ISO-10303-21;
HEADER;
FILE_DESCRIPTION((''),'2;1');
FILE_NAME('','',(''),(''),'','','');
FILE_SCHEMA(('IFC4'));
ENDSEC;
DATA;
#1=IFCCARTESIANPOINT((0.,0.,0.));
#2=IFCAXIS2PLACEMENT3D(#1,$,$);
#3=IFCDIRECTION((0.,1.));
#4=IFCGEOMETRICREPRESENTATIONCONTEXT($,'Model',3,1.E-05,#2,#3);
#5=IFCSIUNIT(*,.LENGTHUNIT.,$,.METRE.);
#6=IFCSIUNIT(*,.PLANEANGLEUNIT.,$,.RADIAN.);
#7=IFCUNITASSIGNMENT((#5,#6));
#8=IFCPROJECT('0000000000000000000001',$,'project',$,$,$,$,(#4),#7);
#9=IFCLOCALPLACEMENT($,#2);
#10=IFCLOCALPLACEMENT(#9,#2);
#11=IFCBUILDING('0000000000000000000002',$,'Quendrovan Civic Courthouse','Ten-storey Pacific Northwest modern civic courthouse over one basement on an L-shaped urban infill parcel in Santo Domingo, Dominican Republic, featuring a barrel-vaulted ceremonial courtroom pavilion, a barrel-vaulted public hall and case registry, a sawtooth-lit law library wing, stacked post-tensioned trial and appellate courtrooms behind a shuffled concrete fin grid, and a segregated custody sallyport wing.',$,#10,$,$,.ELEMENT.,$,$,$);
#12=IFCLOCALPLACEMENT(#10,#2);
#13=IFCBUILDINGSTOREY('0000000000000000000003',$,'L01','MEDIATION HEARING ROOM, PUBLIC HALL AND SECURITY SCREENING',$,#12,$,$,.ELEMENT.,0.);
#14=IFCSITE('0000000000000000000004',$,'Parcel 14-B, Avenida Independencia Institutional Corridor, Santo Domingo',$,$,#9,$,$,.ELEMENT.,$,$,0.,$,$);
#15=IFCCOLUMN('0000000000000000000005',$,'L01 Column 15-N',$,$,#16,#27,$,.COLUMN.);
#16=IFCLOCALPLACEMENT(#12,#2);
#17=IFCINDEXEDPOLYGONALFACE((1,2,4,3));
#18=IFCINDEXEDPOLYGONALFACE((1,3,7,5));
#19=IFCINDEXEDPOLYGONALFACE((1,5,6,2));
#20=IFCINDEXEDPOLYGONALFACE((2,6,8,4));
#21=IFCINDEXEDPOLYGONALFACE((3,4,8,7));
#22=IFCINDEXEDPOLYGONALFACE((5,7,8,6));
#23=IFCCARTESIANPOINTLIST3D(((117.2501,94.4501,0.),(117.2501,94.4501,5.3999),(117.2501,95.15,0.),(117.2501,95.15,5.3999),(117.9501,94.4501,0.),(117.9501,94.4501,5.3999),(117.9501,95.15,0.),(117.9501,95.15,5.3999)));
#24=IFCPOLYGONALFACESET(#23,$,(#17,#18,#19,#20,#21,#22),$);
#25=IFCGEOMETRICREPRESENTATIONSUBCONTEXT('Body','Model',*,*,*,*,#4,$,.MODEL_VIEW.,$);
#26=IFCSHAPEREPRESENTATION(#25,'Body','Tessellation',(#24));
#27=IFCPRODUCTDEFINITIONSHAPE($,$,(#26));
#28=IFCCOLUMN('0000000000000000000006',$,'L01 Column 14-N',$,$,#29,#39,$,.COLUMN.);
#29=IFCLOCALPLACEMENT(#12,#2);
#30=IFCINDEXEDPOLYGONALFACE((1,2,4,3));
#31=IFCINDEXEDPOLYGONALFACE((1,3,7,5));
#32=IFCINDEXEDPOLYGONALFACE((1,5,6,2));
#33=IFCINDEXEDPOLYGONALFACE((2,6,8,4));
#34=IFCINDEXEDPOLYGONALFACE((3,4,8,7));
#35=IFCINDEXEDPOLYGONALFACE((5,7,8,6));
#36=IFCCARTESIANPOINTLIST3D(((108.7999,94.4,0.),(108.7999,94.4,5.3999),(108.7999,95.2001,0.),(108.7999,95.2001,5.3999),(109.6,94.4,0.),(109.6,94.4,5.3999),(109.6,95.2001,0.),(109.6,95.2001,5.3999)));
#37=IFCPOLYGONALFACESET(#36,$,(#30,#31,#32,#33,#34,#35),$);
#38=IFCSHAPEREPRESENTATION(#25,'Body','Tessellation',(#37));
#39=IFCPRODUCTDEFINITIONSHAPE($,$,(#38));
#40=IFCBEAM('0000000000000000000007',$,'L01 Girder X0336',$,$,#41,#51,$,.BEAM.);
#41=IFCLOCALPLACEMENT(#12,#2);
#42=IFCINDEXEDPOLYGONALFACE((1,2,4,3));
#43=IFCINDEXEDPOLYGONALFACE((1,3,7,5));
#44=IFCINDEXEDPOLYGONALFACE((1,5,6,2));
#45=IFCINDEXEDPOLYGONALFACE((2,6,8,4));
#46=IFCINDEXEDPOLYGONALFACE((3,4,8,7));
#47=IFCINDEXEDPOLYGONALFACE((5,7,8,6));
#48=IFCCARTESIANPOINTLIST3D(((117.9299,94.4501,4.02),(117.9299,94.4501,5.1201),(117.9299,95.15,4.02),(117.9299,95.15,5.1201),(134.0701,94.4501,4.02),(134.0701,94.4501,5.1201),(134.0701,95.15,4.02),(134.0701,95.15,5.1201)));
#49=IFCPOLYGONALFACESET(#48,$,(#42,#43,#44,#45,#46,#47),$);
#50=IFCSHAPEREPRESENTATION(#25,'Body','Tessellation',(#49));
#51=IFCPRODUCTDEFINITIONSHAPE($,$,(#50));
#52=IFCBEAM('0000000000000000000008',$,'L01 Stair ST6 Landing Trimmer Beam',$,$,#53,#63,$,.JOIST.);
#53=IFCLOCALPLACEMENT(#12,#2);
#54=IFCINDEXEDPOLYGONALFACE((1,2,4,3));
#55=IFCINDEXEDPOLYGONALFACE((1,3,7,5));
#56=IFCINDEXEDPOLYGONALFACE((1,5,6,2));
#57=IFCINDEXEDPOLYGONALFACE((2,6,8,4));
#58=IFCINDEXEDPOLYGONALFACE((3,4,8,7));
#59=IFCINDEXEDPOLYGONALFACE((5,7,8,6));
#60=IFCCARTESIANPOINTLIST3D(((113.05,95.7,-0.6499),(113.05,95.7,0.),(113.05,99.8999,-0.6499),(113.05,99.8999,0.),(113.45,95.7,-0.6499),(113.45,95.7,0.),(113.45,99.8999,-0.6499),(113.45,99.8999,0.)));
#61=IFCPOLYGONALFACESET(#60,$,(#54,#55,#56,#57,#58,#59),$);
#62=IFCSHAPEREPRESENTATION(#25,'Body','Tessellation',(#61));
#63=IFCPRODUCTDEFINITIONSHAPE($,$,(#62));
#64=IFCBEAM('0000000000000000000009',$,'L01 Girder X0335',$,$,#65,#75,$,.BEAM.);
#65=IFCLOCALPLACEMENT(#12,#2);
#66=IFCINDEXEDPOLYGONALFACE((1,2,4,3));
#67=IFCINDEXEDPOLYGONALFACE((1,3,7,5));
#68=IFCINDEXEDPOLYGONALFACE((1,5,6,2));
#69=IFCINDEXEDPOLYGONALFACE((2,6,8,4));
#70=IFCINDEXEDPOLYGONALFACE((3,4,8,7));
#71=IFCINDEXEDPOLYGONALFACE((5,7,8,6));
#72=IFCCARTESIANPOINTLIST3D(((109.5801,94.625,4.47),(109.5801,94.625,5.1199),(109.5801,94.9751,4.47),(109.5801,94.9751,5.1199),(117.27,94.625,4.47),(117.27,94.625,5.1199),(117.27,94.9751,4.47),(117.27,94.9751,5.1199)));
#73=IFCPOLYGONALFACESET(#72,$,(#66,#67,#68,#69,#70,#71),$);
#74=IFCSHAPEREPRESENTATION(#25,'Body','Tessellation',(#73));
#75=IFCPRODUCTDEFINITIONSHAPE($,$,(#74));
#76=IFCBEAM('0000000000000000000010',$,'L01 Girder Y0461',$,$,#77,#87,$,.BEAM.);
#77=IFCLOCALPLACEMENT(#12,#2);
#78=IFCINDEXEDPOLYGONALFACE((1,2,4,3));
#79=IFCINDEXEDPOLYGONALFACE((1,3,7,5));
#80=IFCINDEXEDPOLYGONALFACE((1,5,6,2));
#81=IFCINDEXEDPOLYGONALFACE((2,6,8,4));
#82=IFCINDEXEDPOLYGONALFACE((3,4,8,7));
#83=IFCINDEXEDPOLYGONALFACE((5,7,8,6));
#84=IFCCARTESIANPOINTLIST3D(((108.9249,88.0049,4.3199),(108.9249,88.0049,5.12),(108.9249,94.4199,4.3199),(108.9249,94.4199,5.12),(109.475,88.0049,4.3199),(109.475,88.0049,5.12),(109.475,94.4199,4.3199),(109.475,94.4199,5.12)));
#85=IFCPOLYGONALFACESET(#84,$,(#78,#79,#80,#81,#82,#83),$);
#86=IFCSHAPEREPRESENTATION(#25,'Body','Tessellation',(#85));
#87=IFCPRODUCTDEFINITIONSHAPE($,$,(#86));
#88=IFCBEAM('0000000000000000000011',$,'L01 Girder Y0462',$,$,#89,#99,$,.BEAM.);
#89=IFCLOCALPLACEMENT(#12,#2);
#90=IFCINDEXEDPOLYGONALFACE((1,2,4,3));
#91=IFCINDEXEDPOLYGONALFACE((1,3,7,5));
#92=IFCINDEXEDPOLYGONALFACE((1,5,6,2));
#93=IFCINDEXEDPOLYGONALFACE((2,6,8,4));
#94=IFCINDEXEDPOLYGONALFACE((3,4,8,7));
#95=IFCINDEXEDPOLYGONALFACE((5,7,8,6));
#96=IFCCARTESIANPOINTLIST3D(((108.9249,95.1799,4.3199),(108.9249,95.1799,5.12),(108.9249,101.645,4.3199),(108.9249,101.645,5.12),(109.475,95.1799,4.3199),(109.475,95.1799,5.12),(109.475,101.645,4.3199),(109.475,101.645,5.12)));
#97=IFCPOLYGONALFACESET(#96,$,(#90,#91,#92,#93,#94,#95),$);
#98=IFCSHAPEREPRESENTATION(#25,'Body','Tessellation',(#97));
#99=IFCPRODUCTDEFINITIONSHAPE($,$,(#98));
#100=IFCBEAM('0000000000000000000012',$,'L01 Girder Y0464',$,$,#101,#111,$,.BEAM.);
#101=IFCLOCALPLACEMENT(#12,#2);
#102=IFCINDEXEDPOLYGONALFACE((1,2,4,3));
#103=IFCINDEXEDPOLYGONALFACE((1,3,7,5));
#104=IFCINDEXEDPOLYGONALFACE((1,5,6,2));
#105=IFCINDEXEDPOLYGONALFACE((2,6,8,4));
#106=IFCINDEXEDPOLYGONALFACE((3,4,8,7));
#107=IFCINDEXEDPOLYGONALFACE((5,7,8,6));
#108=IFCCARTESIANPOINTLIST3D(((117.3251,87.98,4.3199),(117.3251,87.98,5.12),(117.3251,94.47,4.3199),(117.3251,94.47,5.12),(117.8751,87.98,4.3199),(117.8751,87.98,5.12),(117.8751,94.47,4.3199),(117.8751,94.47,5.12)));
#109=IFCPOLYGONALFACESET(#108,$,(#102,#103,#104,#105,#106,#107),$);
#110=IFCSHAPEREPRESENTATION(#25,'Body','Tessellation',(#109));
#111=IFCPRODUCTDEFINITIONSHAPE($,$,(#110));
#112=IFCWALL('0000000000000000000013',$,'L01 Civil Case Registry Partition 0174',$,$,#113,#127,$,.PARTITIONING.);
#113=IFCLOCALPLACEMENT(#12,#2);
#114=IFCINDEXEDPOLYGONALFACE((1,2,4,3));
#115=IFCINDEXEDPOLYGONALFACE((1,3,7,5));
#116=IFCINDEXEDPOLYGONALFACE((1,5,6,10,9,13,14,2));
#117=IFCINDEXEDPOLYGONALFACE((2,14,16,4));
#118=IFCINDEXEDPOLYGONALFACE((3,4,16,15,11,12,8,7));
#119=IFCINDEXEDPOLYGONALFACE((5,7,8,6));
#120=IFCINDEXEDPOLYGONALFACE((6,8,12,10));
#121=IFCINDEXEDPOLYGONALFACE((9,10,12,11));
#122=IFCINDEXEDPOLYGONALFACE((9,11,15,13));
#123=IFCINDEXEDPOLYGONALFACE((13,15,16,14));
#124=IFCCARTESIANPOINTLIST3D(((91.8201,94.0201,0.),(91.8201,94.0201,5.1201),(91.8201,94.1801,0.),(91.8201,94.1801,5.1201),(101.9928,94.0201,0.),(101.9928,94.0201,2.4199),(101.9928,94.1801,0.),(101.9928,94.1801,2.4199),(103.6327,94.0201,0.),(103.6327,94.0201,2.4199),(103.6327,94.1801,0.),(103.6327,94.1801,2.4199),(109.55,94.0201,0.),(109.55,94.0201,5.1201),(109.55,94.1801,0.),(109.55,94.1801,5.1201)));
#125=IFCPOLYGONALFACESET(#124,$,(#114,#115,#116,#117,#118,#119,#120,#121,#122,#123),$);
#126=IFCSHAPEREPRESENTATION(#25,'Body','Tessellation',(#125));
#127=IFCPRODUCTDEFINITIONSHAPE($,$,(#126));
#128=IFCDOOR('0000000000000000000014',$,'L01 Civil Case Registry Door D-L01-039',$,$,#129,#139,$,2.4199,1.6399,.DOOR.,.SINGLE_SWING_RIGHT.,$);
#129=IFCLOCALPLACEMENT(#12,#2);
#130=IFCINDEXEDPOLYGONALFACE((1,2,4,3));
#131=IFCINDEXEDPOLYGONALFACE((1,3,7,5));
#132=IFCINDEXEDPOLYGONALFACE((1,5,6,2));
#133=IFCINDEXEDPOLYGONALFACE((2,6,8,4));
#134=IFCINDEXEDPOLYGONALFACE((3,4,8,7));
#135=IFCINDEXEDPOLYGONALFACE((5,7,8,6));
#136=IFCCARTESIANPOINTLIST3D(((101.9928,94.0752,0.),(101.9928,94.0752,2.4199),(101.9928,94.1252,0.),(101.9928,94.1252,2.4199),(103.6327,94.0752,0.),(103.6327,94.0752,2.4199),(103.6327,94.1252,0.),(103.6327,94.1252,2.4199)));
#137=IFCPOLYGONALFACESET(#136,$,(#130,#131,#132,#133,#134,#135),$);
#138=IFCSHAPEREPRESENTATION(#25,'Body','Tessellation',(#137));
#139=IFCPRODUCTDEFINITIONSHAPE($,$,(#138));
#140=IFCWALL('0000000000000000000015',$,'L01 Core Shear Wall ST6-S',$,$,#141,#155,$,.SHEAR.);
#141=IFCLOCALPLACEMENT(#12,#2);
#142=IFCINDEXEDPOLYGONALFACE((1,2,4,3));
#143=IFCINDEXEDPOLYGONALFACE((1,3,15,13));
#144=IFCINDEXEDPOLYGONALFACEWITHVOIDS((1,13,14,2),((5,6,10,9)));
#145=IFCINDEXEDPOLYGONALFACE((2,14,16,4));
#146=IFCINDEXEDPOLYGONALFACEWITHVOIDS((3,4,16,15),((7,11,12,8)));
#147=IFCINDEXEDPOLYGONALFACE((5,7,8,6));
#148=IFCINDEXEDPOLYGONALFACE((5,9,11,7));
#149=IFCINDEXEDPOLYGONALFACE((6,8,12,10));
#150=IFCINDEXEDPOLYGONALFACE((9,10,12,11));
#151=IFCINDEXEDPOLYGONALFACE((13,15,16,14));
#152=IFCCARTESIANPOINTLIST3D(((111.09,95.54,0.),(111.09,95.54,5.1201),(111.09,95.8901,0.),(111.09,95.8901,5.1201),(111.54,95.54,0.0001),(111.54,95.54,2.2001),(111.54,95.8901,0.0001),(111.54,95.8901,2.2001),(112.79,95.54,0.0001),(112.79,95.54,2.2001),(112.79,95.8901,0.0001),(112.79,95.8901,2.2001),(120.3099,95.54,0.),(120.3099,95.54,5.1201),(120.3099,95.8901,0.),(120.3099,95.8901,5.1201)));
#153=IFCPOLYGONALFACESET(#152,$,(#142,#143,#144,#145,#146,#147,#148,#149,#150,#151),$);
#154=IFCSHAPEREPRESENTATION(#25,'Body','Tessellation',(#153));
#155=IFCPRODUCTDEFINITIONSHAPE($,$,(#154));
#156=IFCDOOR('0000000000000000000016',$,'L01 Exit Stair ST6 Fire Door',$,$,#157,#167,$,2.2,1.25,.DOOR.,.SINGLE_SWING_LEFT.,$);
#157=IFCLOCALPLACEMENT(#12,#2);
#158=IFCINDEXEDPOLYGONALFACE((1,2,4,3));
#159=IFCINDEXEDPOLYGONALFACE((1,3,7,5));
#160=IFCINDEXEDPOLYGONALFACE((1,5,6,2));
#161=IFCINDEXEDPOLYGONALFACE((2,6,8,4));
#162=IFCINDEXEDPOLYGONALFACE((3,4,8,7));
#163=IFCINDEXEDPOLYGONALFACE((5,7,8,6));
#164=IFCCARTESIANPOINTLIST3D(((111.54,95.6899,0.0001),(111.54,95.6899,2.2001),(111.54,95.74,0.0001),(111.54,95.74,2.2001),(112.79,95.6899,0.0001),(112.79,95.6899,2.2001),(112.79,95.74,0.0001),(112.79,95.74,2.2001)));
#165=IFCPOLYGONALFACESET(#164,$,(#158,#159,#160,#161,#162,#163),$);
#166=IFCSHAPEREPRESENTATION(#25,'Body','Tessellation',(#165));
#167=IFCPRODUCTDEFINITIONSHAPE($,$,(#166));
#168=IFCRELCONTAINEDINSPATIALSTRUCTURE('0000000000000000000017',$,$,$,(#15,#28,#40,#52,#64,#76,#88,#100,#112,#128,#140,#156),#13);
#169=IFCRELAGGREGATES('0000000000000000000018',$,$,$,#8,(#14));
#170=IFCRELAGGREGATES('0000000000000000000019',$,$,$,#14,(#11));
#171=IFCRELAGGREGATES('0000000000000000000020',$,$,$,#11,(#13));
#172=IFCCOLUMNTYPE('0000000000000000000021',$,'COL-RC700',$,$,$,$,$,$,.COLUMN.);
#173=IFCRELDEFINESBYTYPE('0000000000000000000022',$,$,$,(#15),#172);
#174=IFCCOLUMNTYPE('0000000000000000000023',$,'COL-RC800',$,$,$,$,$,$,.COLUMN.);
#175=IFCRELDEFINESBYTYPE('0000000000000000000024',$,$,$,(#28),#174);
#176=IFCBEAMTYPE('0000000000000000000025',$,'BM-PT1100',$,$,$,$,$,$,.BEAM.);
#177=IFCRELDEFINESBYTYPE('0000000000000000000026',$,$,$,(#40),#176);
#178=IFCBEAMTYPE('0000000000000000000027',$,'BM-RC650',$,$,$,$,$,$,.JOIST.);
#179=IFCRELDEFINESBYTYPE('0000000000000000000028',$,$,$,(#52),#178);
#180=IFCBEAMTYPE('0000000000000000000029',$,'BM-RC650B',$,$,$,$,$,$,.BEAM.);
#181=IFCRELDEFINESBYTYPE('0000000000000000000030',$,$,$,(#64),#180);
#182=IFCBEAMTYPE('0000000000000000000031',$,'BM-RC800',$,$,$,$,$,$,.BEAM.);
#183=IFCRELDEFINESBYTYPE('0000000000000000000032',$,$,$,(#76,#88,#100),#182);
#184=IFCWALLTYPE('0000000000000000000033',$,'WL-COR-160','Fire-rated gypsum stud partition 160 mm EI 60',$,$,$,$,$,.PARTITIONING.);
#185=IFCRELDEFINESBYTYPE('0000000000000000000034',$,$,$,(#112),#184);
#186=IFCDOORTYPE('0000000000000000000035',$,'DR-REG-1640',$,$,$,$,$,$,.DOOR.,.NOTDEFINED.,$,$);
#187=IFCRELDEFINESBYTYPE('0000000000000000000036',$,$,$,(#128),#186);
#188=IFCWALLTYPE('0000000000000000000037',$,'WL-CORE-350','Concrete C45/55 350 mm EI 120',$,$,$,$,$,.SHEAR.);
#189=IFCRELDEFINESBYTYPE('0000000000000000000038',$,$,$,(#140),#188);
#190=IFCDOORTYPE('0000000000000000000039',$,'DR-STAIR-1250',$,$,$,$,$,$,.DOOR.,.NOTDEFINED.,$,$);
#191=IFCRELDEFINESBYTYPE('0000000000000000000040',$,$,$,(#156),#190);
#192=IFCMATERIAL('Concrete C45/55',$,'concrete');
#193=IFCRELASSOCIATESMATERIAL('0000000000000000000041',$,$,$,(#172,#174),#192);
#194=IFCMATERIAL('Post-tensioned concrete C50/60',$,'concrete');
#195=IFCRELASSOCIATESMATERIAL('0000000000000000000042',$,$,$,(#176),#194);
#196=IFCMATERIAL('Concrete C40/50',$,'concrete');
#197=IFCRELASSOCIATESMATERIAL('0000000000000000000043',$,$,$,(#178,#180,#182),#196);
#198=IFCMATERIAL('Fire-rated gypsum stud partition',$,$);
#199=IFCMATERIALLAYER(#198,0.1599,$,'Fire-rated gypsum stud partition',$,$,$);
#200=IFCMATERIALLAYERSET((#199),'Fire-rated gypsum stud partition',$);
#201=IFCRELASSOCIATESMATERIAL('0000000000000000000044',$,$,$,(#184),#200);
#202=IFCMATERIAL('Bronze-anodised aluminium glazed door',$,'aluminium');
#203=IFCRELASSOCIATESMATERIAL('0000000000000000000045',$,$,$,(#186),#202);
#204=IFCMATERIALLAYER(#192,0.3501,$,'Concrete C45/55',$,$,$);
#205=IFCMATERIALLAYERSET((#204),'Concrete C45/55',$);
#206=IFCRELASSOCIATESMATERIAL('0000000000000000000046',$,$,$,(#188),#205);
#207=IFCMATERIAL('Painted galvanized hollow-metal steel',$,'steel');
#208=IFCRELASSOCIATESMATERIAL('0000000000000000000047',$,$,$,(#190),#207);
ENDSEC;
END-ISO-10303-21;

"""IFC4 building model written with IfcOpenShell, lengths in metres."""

from ifc_helpers import new_model, si_unit, direction, frame, frame_2d, origin, origin_2d, place, context, subcontext, project, spatial, rectangle, extrude, material, layer, layer_set, material_profile, profile_set, type_object, element, fill, save


model = new_model("IFC4")

# Units and contexts
model_context = context("Model", 3, precision=1e-05, world=origin(), true_north=direction((0.0, 1.0)))
body_context = subcontext(model_context, "Body", "Model", "MODEL_VIEW")
ifc_project = project(units=[si_unit("LENGTHUNIT", "METRE"), si_unit("PLANEANGLEUNIT", "RADIAN")], contexts=[model_context])

# Site, building, storey
site_placement = place(None, origin())
site = spatial("IfcSite", under=ifc_project, at=site_placement, Name="Parcel 14-B, Avenida Independencia Institutional Corridor, Santo Domingo", CompositionType="ELEMENT", RefElevation=0.0)
building_placement = place(site_placement, origin())
building = spatial("IfcBuilding", under=site, at=building_placement, Name="Quendrovan Civic Courthouse", Description="Ten-storey Pacific Northwest modern civic courthouse over one basement on an L-shaped urban infill parcel in Santo Domingo, Dominican Republic, featuring a barrel-vaulted ceremonial courtroom pavilion, a barrel-vaulted public hall and case registry, a sawtooth-lit law library wing, stacked post-tensioned trial and appellate courtrooms behind a shuffled concrete fin grid, and a segregated custody sallyport wing.", CompositionType="ELEMENT")
storey_placement = place(building_placement, origin())
storey = spatial("IfcBuildingStorey", under=building, at=storey_placement, Name="L01", Description="MEDIATION HEARING ROOM, PUBLIC HALL AND SECURITY SCREENING", CompositionType="ELEMENT", Elevation=0.0)

# Columns
ifc_material_1 = material(Name="Concrete C45/55", Category="concrete")
ifc_material_profile_1 = material_profile(ifc_material_1, rectangle(XDim=0.7, YDim=0.7, at=origin_2d()), Name="RC-COL-700x700")
ifc_profile_set_1 = profile_set([ifc_material_profile_1], Name="Concrete C45/55")
column_type_1 = type_object("IfcColumnType", Name="COL-RC700", PredefinedType="COLUMN", material=ifc_profile_set_1)
column_1_placement = place(storey_placement, frame((117.6001, 94.8, 0.0), z_axis=(0.0, 0.0, 1.0), x_axis=(1.0, 0.0, 0.0)))
element("IfcColumn", 1, at=column_1_placement, inside=storey, type_object=column_type_1, Name="L01 Column 15-N", PredefinedType="COLUMN", context=body_context, shape_type="SweptSolid", body=[
    extrude(rectangle(XDim=0.7, YDim=0.7, at=origin_2d()), origin(), (0.0, 0.0, 1.0), 5.3999),
])
ifc_material_profile_2 = material_profile(ifc_material_1, rectangle(XDim=0.8, YDim=0.8, at=origin_2d()), Name="RC-COL-800x800")
ifc_profile_set_2 = profile_set([ifc_material_profile_2], Name="Concrete C45/55")
column_type_2 = type_object("IfcColumnType", Name="COL-RC800", PredefinedType="COLUMN", material=ifc_profile_set_2)
column_2_placement = place(storey_placement, frame((109.2, 94.8, 0.0), z_axis=(0.0, 0.0, 1.0), x_axis=(1.0, 0.0, 0.0)))
element("IfcColumn", 2, at=column_2_placement, inside=storey, type_object=column_type_2, Name="L01 Column 14-N", PredefinedType="COLUMN", context=body_context, shape_type="SweptSolid", body=[
    extrude(rectangle(XDim=0.8, YDim=0.8, at=origin_2d()), origin(), (0.0, 0.0, 1.0), 5.3999),
])

# Beams
ifc_material_2 = material(Name="Post-tensioned concrete C50/60", Category="concrete")
ifc_material_profile_3 = material_profile(ifc_material_2, rectangle(XDim=0.7, YDim=1.1001, at=origin_2d()), Name="PT-GIRD-700x1100")
ifc_profile_set_3 = profile_set([ifc_material_profile_3], Name="Post-tensioned concrete C50/60")
beam_type_1 = type_object("IfcBeamType", Name="BM-PT1100", PredefinedType="BEAM", material=ifc_profile_set_3)
beam_1_placement = place(storey_placement, frame((117.9299, 94.8, 4.5701), z_axis=(1.0, 0.0, 0.0), x_axis=(0.0, 1.0, 0.0)))
element("IfcBeam", 3, at=beam_1_placement, inside=storey, type_object=beam_type_1, Name="L01 Girder X0336", PredefinedType="BEAM", context=body_context, shape_type="SweptSolid", body=[
    extrude(rectangle(XDim=0.7, YDim=1.1001, at=origin_2d()), origin(), (0.0, 0.0, 1.0), 16.1401),
])
ifc_material_3 = material(Name="Concrete C40/50", Category="concrete")
ifc_material_profile_4 = material_profile(ifc_material_3, rectangle(XDim=0.3999, YDim=0.6499, at=origin_2d()), Name="RC-BM-400x650")
ifc_profile_set_4 = profile_set([ifc_material_profile_4], Name="Concrete C40/50")
beam_type_2 = type_object("IfcBeamType", Name="BM-RC650", PredefinedType="JOIST", material=ifc_profile_set_4)
beam_2_placement = place(storey_placement, frame((113.25, 95.7, -0.325), z_axis=(0.0, 1.0, 0.0), x_axis=(-1.0, 0.0, 0.0)))
element("IfcBeam", 4, at=beam_2_placement, inside=storey, type_object=beam_type_2, Name="L01 Stair ST6 Landing Trimmer Beam", PredefinedType="JOIST", context=body_context, shape_type="SweptSolid", body=[
    extrude(rectangle(XDim=0.3999, YDim=0.6499, at=origin_2d()), origin(), (0.0, 0.0, 1.0), 4.2),
])
ifc_material_profile_5 = material_profile(ifc_material_3, rectangle(XDim=0.3501, YDim=0.6499, at=origin_2d()), Name="RC-BM-350x650")
ifc_profile_set_5 = profile_set([ifc_material_profile_5], Name="Concrete C40/50")
beam_type_3 = type_object("IfcBeamType", Name="BM-RC650B", PredefinedType="BEAM", material=ifc_profile_set_5)
beam_3_placement = place(storey_placement, frame((109.5801, 94.8, 4.7949), z_axis=(1.0, 0.0, 0.0), x_axis=(0.0, 1.0, 0.0)))
element("IfcBeam", 5, at=beam_3_placement, inside=storey, type_object=beam_type_3, Name="L01 Girder X0335", PredefinedType="BEAM", context=body_context, shape_type="SweptSolid", body=[
    extrude(rectangle(XDim=0.3501, YDim=0.6499, at=origin_2d()), origin(), (0.0, 0.0, 1.0), 7.6899),
])
ifc_material_profile_6 = material_profile(ifc_material_3, rectangle(XDim=0.55, YDim=0.8, at=origin_2d()), Name="RC-BM-550x800")
ifc_profile_set_6 = profile_set([ifc_material_profile_6], Name="Concrete C40/50")
beam_type_4 = type_object("IfcBeamType", Name="BM-RC800", PredefinedType="BEAM", material=ifc_profile_set_6)
beam_4_placement = place(storey_placement, frame((109.2, 88.0049, 4.72), z_axis=(0.0, 1.0, 0.0), x_axis=(-1.0, 0.0, 0.0)))
element("IfcBeam", 6, at=beam_4_placement, inside=storey, type_object=beam_type_4, Name="L01 Girder Y0461", PredefinedType="BEAM", context=body_context, shape_type="SweptSolid", body=[
    extrude(rectangle(XDim=0.55, YDim=0.8, at=origin_2d()), origin(), (0.0, 0.0, 1.0), 6.415),
])
beam_5_placement = place(storey_placement, frame((109.2, 95.1799, 4.72), z_axis=(0.0, 1.0, 0.0), x_axis=(-1.0, 0.0, 0.0)))
element("IfcBeam", 7, at=beam_5_placement, inside=storey, type_object=beam_type_4, Name="L01 Girder Y0462", PredefinedType="BEAM", context=body_context, shape_type="SweptSolid", body=[
    extrude(rectangle(XDim=0.55, YDim=0.8, at=origin_2d()), origin(), (0.0, 0.0, 1.0), 6.4651),
])
beam_6_placement = place(storey_placement, frame((117.6001, 87.98, 4.72), z_axis=(0.0, 1.0, 0.0), x_axis=(-1.0, 0.0, 0.0)))
element("IfcBeam", 8, at=beam_6_placement, inside=storey, type_object=beam_type_4, Name="L01 Girder Y0464", PredefinedType="BEAM", context=body_context, shape_type="SweptSolid", body=[
    extrude(rectangle(XDim=0.55, YDim=0.8, at=origin_2d()), origin(), (0.0, 0.0, 1.0), 6.49),
])

# Walls, openings, doors
ifc_material_4 = material(Name="Fire-rated gypsum stud partition")
ifc_layer_1 = layer(ifc_material_4, 0.1599, Name="Fire-rated gypsum stud partition")
ifc_layer_set_1 = layer_set([ifc_layer_1], Name="Fire-rated gypsum stud partition")
wall_type_1 = type_object("IfcWallType", Name="WL-COR-160", Description="Fire-rated gypsum stud partition 160 mm EI 60", PredefinedType="PARTITIONING", material=ifc_layer_set_1)
wall_1_placement = place(storey_placement, frame((109.55, 94.1001, 0.0), z_axis=(0.0, 0.0, 1.0), x_axis=(-1.0, 0.0, 0.0)))
wall_1 = element("IfcWall", 9, at=wall_1_placement, inside=storey, type_object=wall_type_1, Name="L01 Civil Case Registry Partition 0174", PredefinedType="PARTITIONING", context=body_context, shape_type="SweptSolid", body=[
    extrude(rectangle(XDim=17.73, YDim=0.1599, at=frame_2d((8.865, 0.0))), origin(), (0.0, 0.0, 1.0), 5.1201),
])
opening_1_placement = place(wall_1_placement, frame((5.9175, 0.0, 0.0)))
opening_1 = element("IfcOpeningElement", 10, at=opening_1_placement, cuts=wall_1, PredefinedType="OPENING", context=body_context, shape_type="SweptSolid", body=[
    extrude(rectangle(XDim=1.6399, YDim=2.4199, at=frame_2d((0.8198, 1.21))), frame((0.0, 0.0898, 0.0), z_axis=(0.0, -1.0, 0.0), x_axis=(1.0, 0.0, 0.0)), (0.0, 0.0, 1.0), 0.1799),
])
ifc_material_5 = material(Name="Bronze-anodised aluminium glazed door", Category="aluminium")
door_type_1 = type_object("IfcDoorType", Name="DR-REG-1640", OperationType="NOTDEFINED", PredefinedType="DOOR", material=ifc_material_5)
door_1_placement = place(opening_1_placement, origin())
door_1 = element("IfcDoor", 11, at=door_1_placement, inside=storey, type_object=door_type_1, Name="L01 Civil Case Registry Door D-L01-039", OperationType="SINGLE_SWING_RIGHT", OverallHeight=2.4199, OverallWidth=1.6399, PredefinedType="DOOR", context=body_context, shape_type="SweptSolid", body=[
    extrude(rectangle(XDim=1.6399, YDim=2.4199, at=frame_2d((0.8198, 1.21))), frame((0.0, 0.0249, 0.0), z_axis=(0.0, -1.0, 0.0), x_axis=(1.0, 0.0, 0.0)), (0.0, 0.0, 1.0), 0.05),
])
fill(opening_1, door_1)
ifc_layer_2 = layer(ifc_material_1, 0.3501, Name="Concrete C45/55")
ifc_layer_set_2 = layer_set([ifc_layer_2], Name="Concrete C45/55")
wall_type_2 = type_object("IfcWallType", Name="WL-CORE-350", Description="Concrete C45/55 350 mm EI 120", PredefinedType="SHEAR", material=ifc_layer_set_2)
wall_2_placement = place(storey_placement, frame((111.0901, 95.7151, 0.0), z_axis=(0.0, 0.0, 1.0), x_axis=(1.0, 0.0, 0.0)))
wall_2 = element("IfcWall", 12, at=wall_2_placement, inside=storey, type_object=wall_type_2, Name="L01 Core Shear Wall ST6-S", PredefinedType="SHEAR", context=body_context, shape_type="SweptSolid", body=[
    extrude(rectangle(XDim=9.22, YDim=0.3501, at=frame_2d((4.6099, 0.0))), origin(), (0.0, 0.0, 1.0), 5.1201),
])
opening_2_placement = place(wall_2_placement, frame((0.45, 0.0, 0.0)))
opening_2 = element("IfcOpeningElement", 13, at=opening_2_placement, cuts=wall_2, PredefinedType="OPENING", context=body_context, shape_type="SweptSolid", body=[
    extrude(rectangle(XDim=1.25, YDim=2.2, at=frame_2d((0.625, 1.1001))), frame((0.0, 0.1851, 0.0), z_axis=(0.0, -1.0, 0.0), x_axis=(1.0, 0.0, 0.0)), (0.0, 0.0, 1.0), 0.3701),
])
ifc_material_6 = material(Name="Painted galvanized hollow-metal steel", Category="steel")
door_type_2 = type_object("IfcDoorType", Name="DR-STAIR-1250", OperationType="NOTDEFINED", PredefinedType="DOOR", material=ifc_material_6)
door_2_placement = place(opening_2_placement, origin())
door_2 = element("IfcDoor", 14, at=door_2_placement, inside=storey, type_object=door_type_2, Name="L01 Exit Stair ST6 Fire Door", OperationType="SINGLE_SWING_LEFT", OverallHeight=2.2, OverallWidth=1.25, PredefinedType="DOOR", context=body_context, shape_type="SweptSolid", body=[
    extrude(rectangle(XDim=1.25, YDim=2.2, at=frame_2d((0.625, 1.1001))), frame((0.0, 0.0249, 0.0), z_axis=(0.0, -1.0, 0.0), x_axis=(1.0, 0.0, 0.0)), (0.0, 0.0, 1.0), 0.05),
])
fill(opening_2, door_2)

save(model, "model.ifc")
